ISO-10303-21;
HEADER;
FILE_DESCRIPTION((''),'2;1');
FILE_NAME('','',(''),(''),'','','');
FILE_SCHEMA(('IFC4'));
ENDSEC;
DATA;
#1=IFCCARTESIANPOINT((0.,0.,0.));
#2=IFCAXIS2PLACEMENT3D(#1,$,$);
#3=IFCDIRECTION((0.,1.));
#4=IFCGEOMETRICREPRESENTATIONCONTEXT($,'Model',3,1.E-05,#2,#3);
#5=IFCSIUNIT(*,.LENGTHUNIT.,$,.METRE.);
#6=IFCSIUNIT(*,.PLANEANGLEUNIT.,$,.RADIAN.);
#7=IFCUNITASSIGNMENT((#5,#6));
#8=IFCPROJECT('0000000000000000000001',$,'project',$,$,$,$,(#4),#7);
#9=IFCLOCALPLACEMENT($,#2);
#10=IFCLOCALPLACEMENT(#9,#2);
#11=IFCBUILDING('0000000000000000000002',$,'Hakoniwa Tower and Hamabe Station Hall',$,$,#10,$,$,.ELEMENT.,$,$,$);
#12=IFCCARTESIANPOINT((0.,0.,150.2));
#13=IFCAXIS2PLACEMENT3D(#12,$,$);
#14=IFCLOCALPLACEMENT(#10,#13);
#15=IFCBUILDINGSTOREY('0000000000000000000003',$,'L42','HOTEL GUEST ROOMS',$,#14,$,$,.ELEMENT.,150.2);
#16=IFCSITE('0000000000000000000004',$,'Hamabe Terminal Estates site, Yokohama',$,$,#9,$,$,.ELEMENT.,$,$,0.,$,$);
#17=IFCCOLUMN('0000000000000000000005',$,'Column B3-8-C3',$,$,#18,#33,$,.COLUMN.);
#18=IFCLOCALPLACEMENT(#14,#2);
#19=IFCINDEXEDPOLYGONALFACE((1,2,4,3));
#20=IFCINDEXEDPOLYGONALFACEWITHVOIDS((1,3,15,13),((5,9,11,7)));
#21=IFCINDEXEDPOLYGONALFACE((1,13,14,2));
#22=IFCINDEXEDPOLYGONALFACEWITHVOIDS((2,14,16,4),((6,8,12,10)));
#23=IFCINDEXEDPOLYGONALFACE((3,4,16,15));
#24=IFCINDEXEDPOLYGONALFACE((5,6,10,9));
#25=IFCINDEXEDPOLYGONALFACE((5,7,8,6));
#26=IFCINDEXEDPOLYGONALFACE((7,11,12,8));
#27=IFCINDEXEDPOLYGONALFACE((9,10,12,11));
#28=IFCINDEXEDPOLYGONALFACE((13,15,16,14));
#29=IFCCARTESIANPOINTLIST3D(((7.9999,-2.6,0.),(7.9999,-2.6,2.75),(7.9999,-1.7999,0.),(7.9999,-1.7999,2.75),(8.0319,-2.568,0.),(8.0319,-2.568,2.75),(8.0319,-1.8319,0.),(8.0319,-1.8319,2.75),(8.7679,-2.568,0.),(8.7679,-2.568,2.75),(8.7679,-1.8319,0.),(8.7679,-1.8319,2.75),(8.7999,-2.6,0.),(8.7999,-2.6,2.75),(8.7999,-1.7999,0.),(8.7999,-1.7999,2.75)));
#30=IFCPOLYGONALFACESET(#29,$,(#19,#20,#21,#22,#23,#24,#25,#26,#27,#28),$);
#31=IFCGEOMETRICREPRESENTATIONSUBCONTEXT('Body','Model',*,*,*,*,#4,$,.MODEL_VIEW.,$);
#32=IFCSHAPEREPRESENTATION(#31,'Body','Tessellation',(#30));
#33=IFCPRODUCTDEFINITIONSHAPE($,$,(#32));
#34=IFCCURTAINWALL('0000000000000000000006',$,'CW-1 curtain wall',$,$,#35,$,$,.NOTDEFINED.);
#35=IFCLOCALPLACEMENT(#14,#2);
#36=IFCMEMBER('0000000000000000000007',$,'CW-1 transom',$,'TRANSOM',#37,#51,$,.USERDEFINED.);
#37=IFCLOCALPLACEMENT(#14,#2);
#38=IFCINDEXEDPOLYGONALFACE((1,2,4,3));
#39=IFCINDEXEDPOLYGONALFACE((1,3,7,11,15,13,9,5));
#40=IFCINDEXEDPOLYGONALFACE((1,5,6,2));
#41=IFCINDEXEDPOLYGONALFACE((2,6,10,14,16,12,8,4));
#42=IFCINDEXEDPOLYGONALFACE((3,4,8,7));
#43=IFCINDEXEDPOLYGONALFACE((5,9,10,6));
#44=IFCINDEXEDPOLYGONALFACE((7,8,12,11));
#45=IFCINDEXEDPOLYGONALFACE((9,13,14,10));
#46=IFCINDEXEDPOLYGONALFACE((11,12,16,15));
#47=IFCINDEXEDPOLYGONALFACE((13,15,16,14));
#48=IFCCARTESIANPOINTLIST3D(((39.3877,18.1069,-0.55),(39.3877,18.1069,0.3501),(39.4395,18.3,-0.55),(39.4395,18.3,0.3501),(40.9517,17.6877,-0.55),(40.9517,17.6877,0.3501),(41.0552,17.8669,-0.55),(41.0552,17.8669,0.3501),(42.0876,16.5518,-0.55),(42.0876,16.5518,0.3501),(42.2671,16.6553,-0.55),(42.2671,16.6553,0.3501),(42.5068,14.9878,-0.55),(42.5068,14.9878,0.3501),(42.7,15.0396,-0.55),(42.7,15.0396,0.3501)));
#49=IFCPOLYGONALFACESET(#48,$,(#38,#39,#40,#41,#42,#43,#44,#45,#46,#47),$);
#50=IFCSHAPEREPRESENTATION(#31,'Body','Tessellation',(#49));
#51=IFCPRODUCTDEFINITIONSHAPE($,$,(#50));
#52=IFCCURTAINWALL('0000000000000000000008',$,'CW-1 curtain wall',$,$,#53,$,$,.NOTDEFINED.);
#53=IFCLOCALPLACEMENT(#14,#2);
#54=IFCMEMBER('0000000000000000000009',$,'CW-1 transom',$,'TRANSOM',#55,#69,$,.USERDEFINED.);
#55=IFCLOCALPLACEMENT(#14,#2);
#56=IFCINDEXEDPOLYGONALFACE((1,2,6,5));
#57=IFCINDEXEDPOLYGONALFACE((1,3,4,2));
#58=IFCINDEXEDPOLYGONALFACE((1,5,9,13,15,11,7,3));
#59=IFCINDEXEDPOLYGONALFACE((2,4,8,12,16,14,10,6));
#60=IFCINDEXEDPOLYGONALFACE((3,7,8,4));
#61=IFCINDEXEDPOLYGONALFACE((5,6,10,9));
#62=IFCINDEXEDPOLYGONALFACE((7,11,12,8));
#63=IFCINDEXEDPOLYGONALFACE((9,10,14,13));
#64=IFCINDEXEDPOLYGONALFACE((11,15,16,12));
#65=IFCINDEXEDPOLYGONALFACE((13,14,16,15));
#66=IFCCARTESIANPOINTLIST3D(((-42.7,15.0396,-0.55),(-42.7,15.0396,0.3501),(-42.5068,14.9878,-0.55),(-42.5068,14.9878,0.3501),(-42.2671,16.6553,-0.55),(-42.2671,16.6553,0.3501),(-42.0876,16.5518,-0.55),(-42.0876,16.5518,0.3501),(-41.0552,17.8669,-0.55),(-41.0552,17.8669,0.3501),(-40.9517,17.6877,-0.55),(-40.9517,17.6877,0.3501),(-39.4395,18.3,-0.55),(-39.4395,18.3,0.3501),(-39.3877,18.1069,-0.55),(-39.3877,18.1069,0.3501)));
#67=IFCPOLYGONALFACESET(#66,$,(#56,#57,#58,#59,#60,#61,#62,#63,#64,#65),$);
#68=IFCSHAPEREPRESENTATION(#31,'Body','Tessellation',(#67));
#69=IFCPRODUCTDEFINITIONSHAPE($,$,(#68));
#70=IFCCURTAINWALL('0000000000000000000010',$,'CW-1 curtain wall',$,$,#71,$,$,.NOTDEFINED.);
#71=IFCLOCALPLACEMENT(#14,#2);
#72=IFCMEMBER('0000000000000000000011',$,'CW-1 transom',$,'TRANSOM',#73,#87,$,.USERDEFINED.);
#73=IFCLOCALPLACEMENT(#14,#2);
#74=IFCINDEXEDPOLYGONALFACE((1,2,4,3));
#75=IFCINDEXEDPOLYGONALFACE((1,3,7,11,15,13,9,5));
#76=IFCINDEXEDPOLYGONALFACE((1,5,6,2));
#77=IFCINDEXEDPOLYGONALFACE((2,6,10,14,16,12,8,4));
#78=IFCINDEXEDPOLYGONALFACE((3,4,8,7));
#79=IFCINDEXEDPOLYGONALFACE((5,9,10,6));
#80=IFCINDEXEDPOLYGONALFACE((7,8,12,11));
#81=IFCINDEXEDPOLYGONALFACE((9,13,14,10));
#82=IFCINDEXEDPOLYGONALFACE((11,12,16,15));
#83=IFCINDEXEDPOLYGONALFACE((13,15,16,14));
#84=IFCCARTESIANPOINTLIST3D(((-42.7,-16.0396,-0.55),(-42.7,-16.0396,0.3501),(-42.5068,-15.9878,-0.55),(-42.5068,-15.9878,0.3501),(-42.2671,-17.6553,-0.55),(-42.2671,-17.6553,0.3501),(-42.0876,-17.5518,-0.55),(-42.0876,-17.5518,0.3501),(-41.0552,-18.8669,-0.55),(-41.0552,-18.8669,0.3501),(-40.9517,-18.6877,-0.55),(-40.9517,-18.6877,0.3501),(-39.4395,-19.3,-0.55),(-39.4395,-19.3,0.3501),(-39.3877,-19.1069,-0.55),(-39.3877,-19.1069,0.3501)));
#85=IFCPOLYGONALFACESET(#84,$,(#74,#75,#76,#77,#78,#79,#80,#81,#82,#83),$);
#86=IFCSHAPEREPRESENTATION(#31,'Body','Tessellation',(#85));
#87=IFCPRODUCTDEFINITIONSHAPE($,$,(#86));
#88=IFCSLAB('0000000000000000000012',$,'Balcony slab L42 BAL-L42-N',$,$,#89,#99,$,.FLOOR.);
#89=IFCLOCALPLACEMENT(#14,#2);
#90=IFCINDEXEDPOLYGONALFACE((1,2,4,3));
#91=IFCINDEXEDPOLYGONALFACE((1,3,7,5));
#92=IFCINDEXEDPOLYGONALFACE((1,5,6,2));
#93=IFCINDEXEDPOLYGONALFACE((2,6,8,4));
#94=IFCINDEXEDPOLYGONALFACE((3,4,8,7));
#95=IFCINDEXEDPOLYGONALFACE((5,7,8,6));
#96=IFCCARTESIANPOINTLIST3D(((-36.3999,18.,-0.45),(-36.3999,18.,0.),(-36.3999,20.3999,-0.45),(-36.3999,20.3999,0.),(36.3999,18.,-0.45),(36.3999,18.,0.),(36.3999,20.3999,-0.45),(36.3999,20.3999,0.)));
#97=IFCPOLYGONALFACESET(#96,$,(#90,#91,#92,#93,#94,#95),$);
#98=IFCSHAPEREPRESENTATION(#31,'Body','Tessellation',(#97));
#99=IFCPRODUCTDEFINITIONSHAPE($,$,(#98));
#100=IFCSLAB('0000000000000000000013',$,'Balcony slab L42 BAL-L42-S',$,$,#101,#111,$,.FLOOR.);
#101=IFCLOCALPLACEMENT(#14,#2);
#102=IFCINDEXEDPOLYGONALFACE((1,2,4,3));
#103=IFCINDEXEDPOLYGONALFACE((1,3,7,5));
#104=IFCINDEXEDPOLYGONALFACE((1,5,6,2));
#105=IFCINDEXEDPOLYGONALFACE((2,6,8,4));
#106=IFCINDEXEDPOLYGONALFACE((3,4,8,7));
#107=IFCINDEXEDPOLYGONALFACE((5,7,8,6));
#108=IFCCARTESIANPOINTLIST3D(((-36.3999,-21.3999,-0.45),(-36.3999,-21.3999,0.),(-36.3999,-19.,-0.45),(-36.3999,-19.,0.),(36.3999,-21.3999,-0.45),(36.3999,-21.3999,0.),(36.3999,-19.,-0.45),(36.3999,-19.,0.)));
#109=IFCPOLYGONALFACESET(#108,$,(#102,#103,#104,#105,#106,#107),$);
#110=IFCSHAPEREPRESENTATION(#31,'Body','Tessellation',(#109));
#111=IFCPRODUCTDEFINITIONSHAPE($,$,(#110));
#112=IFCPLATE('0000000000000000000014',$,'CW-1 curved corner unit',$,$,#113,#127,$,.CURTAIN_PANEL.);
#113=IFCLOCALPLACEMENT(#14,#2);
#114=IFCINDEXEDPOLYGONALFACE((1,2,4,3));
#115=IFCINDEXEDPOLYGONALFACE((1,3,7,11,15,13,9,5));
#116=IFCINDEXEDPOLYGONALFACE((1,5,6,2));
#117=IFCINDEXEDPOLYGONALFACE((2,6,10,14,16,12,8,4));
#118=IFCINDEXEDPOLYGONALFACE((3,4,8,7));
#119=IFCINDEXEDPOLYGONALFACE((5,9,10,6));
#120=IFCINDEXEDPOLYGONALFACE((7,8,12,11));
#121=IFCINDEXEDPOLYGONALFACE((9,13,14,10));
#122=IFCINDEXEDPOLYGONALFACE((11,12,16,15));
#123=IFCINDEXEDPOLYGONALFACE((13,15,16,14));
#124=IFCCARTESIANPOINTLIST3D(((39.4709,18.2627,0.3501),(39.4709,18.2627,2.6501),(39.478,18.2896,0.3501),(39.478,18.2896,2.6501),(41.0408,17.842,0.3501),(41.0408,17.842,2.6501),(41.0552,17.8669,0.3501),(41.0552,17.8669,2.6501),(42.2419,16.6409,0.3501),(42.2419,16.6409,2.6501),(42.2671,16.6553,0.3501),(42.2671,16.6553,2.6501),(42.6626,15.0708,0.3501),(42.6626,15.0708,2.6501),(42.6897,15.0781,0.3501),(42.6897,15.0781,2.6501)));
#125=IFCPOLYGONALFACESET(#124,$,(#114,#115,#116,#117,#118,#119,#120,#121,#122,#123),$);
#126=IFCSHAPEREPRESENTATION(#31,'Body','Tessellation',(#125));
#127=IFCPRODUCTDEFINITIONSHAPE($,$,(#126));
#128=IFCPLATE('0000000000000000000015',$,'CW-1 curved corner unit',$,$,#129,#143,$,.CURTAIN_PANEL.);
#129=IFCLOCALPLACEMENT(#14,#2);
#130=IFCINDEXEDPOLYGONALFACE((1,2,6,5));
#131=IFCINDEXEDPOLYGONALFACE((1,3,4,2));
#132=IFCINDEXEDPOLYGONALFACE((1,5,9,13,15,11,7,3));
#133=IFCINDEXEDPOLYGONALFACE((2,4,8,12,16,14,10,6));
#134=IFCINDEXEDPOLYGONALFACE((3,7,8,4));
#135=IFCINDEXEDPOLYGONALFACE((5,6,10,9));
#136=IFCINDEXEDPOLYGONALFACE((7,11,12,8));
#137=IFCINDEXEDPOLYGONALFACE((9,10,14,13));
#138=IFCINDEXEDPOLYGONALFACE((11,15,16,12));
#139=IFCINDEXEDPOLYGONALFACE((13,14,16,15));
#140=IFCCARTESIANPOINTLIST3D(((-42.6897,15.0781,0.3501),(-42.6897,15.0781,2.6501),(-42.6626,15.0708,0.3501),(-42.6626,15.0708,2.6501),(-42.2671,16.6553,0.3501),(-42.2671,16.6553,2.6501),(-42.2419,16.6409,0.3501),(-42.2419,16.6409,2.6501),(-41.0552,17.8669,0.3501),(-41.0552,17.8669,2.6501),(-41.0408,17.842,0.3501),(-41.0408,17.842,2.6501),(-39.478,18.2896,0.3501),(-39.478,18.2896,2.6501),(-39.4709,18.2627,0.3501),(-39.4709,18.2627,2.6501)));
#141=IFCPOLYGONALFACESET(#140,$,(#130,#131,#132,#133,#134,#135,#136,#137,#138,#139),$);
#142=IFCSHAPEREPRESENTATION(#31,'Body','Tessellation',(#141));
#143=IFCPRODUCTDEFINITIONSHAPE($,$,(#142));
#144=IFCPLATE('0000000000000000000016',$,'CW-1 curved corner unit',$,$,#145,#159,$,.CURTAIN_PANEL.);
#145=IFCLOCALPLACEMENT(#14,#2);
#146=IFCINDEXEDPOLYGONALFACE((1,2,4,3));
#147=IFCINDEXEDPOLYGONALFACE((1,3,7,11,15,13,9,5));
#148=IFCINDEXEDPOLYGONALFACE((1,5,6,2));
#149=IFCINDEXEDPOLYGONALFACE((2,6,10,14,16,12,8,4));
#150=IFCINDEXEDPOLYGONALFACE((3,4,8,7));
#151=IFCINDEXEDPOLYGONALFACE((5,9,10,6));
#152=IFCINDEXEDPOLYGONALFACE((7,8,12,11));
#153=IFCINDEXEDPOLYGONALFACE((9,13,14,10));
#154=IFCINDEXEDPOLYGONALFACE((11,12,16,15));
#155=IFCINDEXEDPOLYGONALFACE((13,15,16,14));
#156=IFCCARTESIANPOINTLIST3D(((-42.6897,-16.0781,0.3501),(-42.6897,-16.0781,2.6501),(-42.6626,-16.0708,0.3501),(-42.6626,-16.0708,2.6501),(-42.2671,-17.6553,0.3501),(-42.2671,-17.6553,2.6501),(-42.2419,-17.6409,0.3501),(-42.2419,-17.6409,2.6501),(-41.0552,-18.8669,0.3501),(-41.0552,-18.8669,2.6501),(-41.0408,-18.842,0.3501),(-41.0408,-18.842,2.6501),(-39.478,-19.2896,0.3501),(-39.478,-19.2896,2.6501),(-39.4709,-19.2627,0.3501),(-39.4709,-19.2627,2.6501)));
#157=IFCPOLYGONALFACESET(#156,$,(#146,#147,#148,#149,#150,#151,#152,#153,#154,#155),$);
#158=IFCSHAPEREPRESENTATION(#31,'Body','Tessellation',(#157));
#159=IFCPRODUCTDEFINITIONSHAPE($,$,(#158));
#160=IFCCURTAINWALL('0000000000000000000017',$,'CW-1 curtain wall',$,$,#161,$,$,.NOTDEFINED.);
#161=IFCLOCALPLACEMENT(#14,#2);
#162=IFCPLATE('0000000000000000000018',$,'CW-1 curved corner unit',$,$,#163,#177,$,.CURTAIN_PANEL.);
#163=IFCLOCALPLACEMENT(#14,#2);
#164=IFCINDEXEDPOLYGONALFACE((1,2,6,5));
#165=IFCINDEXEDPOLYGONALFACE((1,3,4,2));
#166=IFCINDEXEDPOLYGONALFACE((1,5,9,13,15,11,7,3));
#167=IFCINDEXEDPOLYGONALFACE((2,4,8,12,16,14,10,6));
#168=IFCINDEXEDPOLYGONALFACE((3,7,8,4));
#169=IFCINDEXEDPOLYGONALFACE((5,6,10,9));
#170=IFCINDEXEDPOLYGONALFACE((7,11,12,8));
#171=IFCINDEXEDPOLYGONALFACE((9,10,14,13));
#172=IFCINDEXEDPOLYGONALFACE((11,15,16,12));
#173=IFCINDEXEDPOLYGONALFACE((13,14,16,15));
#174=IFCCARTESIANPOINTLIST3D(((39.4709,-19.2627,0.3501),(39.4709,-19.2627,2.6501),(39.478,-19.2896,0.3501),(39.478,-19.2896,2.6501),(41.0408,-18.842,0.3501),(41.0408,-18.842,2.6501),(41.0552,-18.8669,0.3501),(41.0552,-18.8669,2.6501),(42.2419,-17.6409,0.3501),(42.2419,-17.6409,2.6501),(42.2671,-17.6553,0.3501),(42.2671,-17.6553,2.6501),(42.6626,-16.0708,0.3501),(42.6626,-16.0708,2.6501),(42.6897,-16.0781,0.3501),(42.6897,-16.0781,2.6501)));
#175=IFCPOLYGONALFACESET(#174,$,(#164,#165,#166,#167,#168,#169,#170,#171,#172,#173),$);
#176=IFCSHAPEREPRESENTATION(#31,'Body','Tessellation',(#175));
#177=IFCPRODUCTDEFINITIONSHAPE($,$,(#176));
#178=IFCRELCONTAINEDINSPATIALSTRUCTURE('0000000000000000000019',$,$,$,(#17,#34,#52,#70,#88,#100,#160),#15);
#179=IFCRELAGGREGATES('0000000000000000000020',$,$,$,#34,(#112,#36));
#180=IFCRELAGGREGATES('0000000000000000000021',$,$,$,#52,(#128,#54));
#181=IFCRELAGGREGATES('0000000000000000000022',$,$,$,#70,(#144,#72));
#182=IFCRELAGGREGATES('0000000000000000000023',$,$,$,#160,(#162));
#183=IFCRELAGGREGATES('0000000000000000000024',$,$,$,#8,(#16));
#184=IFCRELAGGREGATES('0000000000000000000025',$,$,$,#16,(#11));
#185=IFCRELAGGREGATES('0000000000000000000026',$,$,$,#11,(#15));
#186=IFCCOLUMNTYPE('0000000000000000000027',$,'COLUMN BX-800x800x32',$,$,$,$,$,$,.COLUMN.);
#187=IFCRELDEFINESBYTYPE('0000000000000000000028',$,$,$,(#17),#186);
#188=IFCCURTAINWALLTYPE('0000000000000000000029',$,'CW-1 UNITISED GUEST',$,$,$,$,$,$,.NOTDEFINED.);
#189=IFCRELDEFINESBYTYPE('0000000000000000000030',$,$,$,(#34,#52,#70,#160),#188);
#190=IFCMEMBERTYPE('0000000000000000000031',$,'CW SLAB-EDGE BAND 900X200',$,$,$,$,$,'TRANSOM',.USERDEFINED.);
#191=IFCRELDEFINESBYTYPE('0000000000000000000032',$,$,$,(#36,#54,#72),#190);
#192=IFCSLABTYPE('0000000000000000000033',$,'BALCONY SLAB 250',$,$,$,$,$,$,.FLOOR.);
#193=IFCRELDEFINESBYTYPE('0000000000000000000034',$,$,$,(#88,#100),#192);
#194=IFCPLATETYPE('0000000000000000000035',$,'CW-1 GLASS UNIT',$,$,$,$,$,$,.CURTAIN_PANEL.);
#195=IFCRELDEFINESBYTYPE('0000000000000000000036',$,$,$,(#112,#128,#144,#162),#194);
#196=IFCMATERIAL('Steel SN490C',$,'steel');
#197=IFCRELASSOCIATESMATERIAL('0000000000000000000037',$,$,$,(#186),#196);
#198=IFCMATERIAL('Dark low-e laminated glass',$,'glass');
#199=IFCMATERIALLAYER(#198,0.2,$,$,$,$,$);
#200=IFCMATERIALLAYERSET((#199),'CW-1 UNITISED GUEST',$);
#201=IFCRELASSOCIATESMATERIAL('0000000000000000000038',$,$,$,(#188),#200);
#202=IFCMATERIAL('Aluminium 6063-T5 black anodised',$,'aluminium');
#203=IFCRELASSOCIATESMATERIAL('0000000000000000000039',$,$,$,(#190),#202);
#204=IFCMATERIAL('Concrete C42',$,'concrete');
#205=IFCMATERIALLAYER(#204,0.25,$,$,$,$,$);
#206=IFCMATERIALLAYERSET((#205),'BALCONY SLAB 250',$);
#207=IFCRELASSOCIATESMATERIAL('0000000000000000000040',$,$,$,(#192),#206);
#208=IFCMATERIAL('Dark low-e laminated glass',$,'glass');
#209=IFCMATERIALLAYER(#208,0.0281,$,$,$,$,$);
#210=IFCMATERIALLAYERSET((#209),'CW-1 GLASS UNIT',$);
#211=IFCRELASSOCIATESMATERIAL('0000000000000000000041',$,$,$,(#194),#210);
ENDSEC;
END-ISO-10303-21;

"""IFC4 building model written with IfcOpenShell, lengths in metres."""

from ifc_helpers import new_model, si_unit, direction, frame, origin, origin_2d, place, context, subcontext, project, spatial, polyline, rectangle, hollow_rectangle, outline, extrude, material, layer, layer_set, material_profile, profile_set, type_object, element, aggregate, save


model = new_model("IFC4")

# Units and contexts
model_context = context("Model", 3, precision=1e-05, world=origin(), true_north=direction((0.0, 1.0)))
body_context = subcontext(model_context, "Body", "Model", "MODEL_VIEW")
ifc_project = project(units=[si_unit("LENGTHUNIT", "METRE"), si_unit("PLANEANGLEUNIT", "RADIAN")], contexts=[model_context])

# Site, building, storey
site_placement = place(None, origin())
site = spatial("IfcSite", under=ifc_project, at=site_placement, Name="Hamabe Terminal Estates site, Yokohama", CompositionType="ELEMENT", RefElevation=0.0)
building_placement = place(site_placement, origin())
building = spatial("IfcBuilding", under=site, at=building_placement, Name="Hakoniwa Tower and Hamabe Station Hall", CompositionType="ELEMENT")
storey_placement = place(building_placement, frame((0.0, 0.0, 150.2)))
storey = spatial("IfcBuildingStorey", under=building, at=storey_placement, Name="L42", Description="HOTEL GUEST ROOMS", CompositionType="ELEMENT", Elevation=150.2)

# Column
ifc_material_1 = material(Name="Steel SN490C", Category="steel")
ifc_material_profile_1 = material_profile(ifc_material_1, hollow_rectangle(XDim=0.8, YDim=0.8, WallThickness=0.032, at=origin_2d()), Name="BX-800x800x32")
ifc_profile_set_1 = profile_set([ifc_material_profile_1], Name="Steel SN490C")
column_type = type_object("IfcColumnType", Name="COLUMN BX-800x800x32", PredefinedType="COLUMN", material=ifc_profile_set_1)
column_placement = place(storey_placement, frame((8.3999, -2.2, 0.0), z_axis=(0.0, 0.0, 1.0), x_axis=(1.0, 0.0, 0.0)))
element("IfcColumn", 1, at=column_placement, inside=storey, type_object=column_type, Name="Column B3-8-C3", PredefinedType="COLUMN", context=body_context, shape_type="SweptSolid", body=[
    extrude(hollow_rectangle(XDim=0.8, YDim=0.8, WallThickness=0.032, at=origin_2d()), origin(), (0.0, 0.0, 1.0), 2.75),
])

# Curtain walls, members
ifc_material_2 = material(Name="Dark low-e laminated glass", Category="glass")
ifc_layer_1 = layer(ifc_material_2, 0.2)
ifc_layer_set_1 = layer_set([ifc_layer_1], Name="CW-1 UNITISED GUEST")
curtain_wall_type = type_object("IfcCurtainWallType", Name="CW-1 UNITISED GUEST", PredefinedType="NOTDEFINED", material=ifc_layer_set_1)
curtain_wall_1_placement = place(storey_placement, origin())
curtain_wall_1 = element("IfcCurtainWall", 2, at=curtain_wall_1_placement, inside=storey, type_object=curtain_wall_type, Name="CW-1 curtain wall", PredefinedType="NOTDEFINED")
ifc_material_3 = material(Name="Aluminium 6063-T5 black anodised", Category="aluminium")
ifc_material_profile_2 = material_profile(ifc_material_3, rectangle(XDim=0.2, YDim=0.8999, at=origin_2d()), Name="CW SLAB-EDGE BAND 900X200")
ifc_profile_set_2 = profile_set([ifc_material_profile_2], Name="Aluminium 6063-T5 black anodised")
member_type = type_object("IfcMemberType", Name="CW SLAB-EDGE BAND 900X200", ElementType="TRANSOM", PredefinedType="USERDEFINED", material=ifc_profile_set_2)
member_1_placement = place(storey_placement, frame((0.0, 0.0, -0.55)))
member_1 = element("IfcMember", 3, at=member_1_placement, type_object=member_type, Name="CW-1 transom", ObjectType="TRANSOM", PredefinedType="USERDEFINED", context=body_context, shape_type="SweptSolid", body=[
    extrude(outline(polyline([(42.7, 15.0396), (42.2671, 16.6553), (41.0552, 17.8669), (39.4395, 18.3), (39.3877, 18.1069), (40.9517, 17.6877), (42.0876, 16.5518), (42.5068, 14.9878), (42.7, 15.0396)])), origin(), (0.0, 0.0, 1.0), 0.9001),
])
curtain_wall_2_placement = place(storey_placement, origin())
curtain_wall_2 = element("IfcCurtainWall", 4, at=curtain_wall_2_placement, inside=storey, type_object=curtain_wall_type, Name="CW-1 curtain wall", PredefinedType="NOTDEFINED")
member_2_placement = place(storey_placement, frame((0.0, 0.0, -0.55)))
member_2 = element("IfcMember", 5, at=member_2_placement, type_object=member_type, Name="CW-1 transom", ObjectType="TRANSOM", PredefinedType="USERDEFINED", context=body_context, shape_type="SweptSolid", body=[
    extrude(outline(polyline([(-39.4395, 18.3), (-41.0552, 17.8669), (-42.2671, 16.6553), (-42.7, 15.0396), (-42.5068, 14.9878), (-42.0876, 16.5518), (-40.9517, 17.6877), (-39.3877, 18.1069), (-39.4395, 18.3)])), origin(), (0.0, 0.0, 1.0), 0.9001),
])
curtain_wall_3_placement = place(storey_placement, origin())
curtain_wall_3 = element("IfcCurtainWall", 6, at=curtain_wall_3_placement, inside=storey, type_object=curtain_wall_type, Name="CW-1 curtain wall", PredefinedType="NOTDEFINED")
member_3_placement = place(storey_placement, frame((0.0, 0.0, -0.55)))
member_3 = element("IfcMember", 7, at=member_3_placement, type_object=member_type, Name="CW-1 transom", ObjectType="TRANSOM", PredefinedType="USERDEFINED", context=body_context, shape_type="SweptSolid", body=[
    extrude(outline(polyline([(-42.7, -16.0396), (-42.2671, -17.6553), (-41.0552, -18.8669), (-39.4395, -19.3), (-39.3877, -19.1069), (-40.9517, -18.6877), (-42.0876, -17.5518), (-42.5068, -15.9878), (-42.7, -16.0396)])), origin(), (0.0, 0.0, 1.0), 0.9001),
])

# Slabs
ifc_material_4 = material(Name="Concrete C42", Category="concrete")
ifc_layer_2 = layer(ifc_material_4, 0.25)
ifc_layer_set_2 = layer_set([ifc_layer_2], Name="BALCONY SLAB 250")
slab_type_1 = type_object("IfcSlabType", Name="BALCONY SLAB 250", PredefinedType="FLOOR", material=ifc_layer_set_2)
slab_1_placement = place(storey_placement, frame((0.0, 0.0, -0.45)))
element("IfcSlab", 8, at=slab_1_placement, inside=storey, type_object=slab_type_1, Name="Balcony slab L42 BAL-L42-N", PredefinedType="FLOOR", context=body_context, shape_type="SweptSolid", body=[
    extrude(outline(polyline([(-36.3999, 18.0), (36.3999, 18.0), (36.3999, 20.3999), (-36.3999, 20.3999), (-36.3999, 18.0)])), origin(), (0.0, 0.0, 1.0), 0.45),
])
slab_2_placement = place(storey_placement, frame((0.0, 0.0, -0.45)))
element("IfcSlab", 9, at=slab_2_placement, inside=storey, type_object=slab_type_1, Name="Balcony slab L42 BAL-L42-S", PredefinedType="FLOOR", context=body_context, shape_type="SweptSolid", body=[
    extrude(outline(polyline([(-36.3999, -21.3999), (36.3999, -21.3999), (36.3999, -19.0), (-36.3999, -19.0), (-36.3999, -21.3999)])), origin(), (0.0, 0.0, 1.0), 0.45),
])

# Plates
ifc_material_5 = material(Name="Dark low-e laminated glass", Category="glass")
ifc_layer_3 = layer(ifc_material_5, 0.0281)
ifc_layer_set_3 = layer_set([ifc_layer_3], Name="CW-1 GLASS UNIT")
plate_type = type_object("IfcPlateType", Name="CW-1 GLASS UNIT", PredefinedType="CURTAIN_PANEL", material=ifc_layer_set_3)
plate_1_placement = place(storey_placement, frame((0.0, 0.0, 0.3501)))
plate_1 = element("IfcPlate", 10, at=plate_1_placement, type_object=plate_type, Name="CW-1 curved corner unit", PredefinedType="CURTAIN_PANEL", context=body_context, shape_type="SweptSolid", body=[
    extrude(outline(polyline([(42.6897, 15.0781), (42.2671, 16.6553), (41.0552, 17.8669), (39.478, 18.2896), (39.4709, 18.2627), (41.0408, 17.842), (42.2419, 16.6409), (42.6626, 15.0708), (42.6897, 15.0781)])), origin(), (0.0, 0.0, 1.0), 2.3),
])
aggregate(curtain_wall_1, [plate_1, member_1])
plate_2_placement = place(storey_placement, frame((0.0, 0.0, 0.3501)))
plate_2 = element("IfcPlate", 11, at=plate_2_placement, type_object=plate_type, Name="CW-1 curved corner unit", PredefinedType="CURTAIN_PANEL", context=body_context, shape_type="SweptSolid", body=[
    extrude(outline(polyline([(-39.478, 18.2896), (-41.0552, 17.8669), (-42.2671, 16.6553), (-42.6897, 15.0781), (-42.6626, 15.0708), (-42.2419, 16.6409), (-41.0408, 17.842), (-39.4709, 18.2627), (-39.478, 18.2896)])), origin(), (0.0, 0.0, 1.0), 2.3),
])
aggregate(curtain_wall_2, [plate_2, member_2])
plate_3_placement = place(storey_placement, frame((0.0, 0.0, 0.3501)))
plate_3 = element("IfcPlate", 12, at=plate_3_placement, type_object=plate_type, Name="CW-1 curved corner unit", PredefinedType="CURTAIN_PANEL", context=body_context, shape_type="SweptSolid", body=[
    extrude(outline(polyline([(-42.6897, -16.0781), (-42.2671, -17.6553), (-41.0552, -18.8669), (-39.478, -19.2896), (-39.4709, -19.2627), (-41.0408, -18.842), (-42.2419, -17.6409), (-42.6626, -16.0708), (-42.6897, -16.0781)])), origin(), (0.0, 0.0, 1.0), 2.3),
])
aggregate(curtain_wall_3, [plate_3, member_3])

# Curtain wall, plate
curtain_wall_4_placement = place(storey_placement, origin())
curtain_wall_4 = element("IfcCurtainWall", 13, at=curtain_wall_4_placement, inside=storey, type_object=curtain_wall_type, Name="CW-1 curtain wall", PredefinedType="NOTDEFINED")
plate_4_placement = place(storey_placement, frame((0.0, 0.0, 0.3501)))
plate_4 = element("IfcPlate", 14, at=plate_4_placement, type_object=plate_type, Name="CW-1 curved corner unit", PredefinedType="CURTAIN_PANEL", context=body_context, shape_type="SweptSolid", body=[
    extrude(outline(polyline([(39.478, -19.2896), (41.0552, -18.8669), (42.2671, -17.6553), (42.6897, -16.0781), (42.6626, -16.0708), (42.2419, -17.6409), (41.0408, -18.842), (39.4709, -19.2627), (39.478, -19.2896)])), origin(), (0.0, 0.0, 1.0), 2.3),
])
aggregate(curtain_wall_4, [plate_4])

save(model, "model.ifc")
